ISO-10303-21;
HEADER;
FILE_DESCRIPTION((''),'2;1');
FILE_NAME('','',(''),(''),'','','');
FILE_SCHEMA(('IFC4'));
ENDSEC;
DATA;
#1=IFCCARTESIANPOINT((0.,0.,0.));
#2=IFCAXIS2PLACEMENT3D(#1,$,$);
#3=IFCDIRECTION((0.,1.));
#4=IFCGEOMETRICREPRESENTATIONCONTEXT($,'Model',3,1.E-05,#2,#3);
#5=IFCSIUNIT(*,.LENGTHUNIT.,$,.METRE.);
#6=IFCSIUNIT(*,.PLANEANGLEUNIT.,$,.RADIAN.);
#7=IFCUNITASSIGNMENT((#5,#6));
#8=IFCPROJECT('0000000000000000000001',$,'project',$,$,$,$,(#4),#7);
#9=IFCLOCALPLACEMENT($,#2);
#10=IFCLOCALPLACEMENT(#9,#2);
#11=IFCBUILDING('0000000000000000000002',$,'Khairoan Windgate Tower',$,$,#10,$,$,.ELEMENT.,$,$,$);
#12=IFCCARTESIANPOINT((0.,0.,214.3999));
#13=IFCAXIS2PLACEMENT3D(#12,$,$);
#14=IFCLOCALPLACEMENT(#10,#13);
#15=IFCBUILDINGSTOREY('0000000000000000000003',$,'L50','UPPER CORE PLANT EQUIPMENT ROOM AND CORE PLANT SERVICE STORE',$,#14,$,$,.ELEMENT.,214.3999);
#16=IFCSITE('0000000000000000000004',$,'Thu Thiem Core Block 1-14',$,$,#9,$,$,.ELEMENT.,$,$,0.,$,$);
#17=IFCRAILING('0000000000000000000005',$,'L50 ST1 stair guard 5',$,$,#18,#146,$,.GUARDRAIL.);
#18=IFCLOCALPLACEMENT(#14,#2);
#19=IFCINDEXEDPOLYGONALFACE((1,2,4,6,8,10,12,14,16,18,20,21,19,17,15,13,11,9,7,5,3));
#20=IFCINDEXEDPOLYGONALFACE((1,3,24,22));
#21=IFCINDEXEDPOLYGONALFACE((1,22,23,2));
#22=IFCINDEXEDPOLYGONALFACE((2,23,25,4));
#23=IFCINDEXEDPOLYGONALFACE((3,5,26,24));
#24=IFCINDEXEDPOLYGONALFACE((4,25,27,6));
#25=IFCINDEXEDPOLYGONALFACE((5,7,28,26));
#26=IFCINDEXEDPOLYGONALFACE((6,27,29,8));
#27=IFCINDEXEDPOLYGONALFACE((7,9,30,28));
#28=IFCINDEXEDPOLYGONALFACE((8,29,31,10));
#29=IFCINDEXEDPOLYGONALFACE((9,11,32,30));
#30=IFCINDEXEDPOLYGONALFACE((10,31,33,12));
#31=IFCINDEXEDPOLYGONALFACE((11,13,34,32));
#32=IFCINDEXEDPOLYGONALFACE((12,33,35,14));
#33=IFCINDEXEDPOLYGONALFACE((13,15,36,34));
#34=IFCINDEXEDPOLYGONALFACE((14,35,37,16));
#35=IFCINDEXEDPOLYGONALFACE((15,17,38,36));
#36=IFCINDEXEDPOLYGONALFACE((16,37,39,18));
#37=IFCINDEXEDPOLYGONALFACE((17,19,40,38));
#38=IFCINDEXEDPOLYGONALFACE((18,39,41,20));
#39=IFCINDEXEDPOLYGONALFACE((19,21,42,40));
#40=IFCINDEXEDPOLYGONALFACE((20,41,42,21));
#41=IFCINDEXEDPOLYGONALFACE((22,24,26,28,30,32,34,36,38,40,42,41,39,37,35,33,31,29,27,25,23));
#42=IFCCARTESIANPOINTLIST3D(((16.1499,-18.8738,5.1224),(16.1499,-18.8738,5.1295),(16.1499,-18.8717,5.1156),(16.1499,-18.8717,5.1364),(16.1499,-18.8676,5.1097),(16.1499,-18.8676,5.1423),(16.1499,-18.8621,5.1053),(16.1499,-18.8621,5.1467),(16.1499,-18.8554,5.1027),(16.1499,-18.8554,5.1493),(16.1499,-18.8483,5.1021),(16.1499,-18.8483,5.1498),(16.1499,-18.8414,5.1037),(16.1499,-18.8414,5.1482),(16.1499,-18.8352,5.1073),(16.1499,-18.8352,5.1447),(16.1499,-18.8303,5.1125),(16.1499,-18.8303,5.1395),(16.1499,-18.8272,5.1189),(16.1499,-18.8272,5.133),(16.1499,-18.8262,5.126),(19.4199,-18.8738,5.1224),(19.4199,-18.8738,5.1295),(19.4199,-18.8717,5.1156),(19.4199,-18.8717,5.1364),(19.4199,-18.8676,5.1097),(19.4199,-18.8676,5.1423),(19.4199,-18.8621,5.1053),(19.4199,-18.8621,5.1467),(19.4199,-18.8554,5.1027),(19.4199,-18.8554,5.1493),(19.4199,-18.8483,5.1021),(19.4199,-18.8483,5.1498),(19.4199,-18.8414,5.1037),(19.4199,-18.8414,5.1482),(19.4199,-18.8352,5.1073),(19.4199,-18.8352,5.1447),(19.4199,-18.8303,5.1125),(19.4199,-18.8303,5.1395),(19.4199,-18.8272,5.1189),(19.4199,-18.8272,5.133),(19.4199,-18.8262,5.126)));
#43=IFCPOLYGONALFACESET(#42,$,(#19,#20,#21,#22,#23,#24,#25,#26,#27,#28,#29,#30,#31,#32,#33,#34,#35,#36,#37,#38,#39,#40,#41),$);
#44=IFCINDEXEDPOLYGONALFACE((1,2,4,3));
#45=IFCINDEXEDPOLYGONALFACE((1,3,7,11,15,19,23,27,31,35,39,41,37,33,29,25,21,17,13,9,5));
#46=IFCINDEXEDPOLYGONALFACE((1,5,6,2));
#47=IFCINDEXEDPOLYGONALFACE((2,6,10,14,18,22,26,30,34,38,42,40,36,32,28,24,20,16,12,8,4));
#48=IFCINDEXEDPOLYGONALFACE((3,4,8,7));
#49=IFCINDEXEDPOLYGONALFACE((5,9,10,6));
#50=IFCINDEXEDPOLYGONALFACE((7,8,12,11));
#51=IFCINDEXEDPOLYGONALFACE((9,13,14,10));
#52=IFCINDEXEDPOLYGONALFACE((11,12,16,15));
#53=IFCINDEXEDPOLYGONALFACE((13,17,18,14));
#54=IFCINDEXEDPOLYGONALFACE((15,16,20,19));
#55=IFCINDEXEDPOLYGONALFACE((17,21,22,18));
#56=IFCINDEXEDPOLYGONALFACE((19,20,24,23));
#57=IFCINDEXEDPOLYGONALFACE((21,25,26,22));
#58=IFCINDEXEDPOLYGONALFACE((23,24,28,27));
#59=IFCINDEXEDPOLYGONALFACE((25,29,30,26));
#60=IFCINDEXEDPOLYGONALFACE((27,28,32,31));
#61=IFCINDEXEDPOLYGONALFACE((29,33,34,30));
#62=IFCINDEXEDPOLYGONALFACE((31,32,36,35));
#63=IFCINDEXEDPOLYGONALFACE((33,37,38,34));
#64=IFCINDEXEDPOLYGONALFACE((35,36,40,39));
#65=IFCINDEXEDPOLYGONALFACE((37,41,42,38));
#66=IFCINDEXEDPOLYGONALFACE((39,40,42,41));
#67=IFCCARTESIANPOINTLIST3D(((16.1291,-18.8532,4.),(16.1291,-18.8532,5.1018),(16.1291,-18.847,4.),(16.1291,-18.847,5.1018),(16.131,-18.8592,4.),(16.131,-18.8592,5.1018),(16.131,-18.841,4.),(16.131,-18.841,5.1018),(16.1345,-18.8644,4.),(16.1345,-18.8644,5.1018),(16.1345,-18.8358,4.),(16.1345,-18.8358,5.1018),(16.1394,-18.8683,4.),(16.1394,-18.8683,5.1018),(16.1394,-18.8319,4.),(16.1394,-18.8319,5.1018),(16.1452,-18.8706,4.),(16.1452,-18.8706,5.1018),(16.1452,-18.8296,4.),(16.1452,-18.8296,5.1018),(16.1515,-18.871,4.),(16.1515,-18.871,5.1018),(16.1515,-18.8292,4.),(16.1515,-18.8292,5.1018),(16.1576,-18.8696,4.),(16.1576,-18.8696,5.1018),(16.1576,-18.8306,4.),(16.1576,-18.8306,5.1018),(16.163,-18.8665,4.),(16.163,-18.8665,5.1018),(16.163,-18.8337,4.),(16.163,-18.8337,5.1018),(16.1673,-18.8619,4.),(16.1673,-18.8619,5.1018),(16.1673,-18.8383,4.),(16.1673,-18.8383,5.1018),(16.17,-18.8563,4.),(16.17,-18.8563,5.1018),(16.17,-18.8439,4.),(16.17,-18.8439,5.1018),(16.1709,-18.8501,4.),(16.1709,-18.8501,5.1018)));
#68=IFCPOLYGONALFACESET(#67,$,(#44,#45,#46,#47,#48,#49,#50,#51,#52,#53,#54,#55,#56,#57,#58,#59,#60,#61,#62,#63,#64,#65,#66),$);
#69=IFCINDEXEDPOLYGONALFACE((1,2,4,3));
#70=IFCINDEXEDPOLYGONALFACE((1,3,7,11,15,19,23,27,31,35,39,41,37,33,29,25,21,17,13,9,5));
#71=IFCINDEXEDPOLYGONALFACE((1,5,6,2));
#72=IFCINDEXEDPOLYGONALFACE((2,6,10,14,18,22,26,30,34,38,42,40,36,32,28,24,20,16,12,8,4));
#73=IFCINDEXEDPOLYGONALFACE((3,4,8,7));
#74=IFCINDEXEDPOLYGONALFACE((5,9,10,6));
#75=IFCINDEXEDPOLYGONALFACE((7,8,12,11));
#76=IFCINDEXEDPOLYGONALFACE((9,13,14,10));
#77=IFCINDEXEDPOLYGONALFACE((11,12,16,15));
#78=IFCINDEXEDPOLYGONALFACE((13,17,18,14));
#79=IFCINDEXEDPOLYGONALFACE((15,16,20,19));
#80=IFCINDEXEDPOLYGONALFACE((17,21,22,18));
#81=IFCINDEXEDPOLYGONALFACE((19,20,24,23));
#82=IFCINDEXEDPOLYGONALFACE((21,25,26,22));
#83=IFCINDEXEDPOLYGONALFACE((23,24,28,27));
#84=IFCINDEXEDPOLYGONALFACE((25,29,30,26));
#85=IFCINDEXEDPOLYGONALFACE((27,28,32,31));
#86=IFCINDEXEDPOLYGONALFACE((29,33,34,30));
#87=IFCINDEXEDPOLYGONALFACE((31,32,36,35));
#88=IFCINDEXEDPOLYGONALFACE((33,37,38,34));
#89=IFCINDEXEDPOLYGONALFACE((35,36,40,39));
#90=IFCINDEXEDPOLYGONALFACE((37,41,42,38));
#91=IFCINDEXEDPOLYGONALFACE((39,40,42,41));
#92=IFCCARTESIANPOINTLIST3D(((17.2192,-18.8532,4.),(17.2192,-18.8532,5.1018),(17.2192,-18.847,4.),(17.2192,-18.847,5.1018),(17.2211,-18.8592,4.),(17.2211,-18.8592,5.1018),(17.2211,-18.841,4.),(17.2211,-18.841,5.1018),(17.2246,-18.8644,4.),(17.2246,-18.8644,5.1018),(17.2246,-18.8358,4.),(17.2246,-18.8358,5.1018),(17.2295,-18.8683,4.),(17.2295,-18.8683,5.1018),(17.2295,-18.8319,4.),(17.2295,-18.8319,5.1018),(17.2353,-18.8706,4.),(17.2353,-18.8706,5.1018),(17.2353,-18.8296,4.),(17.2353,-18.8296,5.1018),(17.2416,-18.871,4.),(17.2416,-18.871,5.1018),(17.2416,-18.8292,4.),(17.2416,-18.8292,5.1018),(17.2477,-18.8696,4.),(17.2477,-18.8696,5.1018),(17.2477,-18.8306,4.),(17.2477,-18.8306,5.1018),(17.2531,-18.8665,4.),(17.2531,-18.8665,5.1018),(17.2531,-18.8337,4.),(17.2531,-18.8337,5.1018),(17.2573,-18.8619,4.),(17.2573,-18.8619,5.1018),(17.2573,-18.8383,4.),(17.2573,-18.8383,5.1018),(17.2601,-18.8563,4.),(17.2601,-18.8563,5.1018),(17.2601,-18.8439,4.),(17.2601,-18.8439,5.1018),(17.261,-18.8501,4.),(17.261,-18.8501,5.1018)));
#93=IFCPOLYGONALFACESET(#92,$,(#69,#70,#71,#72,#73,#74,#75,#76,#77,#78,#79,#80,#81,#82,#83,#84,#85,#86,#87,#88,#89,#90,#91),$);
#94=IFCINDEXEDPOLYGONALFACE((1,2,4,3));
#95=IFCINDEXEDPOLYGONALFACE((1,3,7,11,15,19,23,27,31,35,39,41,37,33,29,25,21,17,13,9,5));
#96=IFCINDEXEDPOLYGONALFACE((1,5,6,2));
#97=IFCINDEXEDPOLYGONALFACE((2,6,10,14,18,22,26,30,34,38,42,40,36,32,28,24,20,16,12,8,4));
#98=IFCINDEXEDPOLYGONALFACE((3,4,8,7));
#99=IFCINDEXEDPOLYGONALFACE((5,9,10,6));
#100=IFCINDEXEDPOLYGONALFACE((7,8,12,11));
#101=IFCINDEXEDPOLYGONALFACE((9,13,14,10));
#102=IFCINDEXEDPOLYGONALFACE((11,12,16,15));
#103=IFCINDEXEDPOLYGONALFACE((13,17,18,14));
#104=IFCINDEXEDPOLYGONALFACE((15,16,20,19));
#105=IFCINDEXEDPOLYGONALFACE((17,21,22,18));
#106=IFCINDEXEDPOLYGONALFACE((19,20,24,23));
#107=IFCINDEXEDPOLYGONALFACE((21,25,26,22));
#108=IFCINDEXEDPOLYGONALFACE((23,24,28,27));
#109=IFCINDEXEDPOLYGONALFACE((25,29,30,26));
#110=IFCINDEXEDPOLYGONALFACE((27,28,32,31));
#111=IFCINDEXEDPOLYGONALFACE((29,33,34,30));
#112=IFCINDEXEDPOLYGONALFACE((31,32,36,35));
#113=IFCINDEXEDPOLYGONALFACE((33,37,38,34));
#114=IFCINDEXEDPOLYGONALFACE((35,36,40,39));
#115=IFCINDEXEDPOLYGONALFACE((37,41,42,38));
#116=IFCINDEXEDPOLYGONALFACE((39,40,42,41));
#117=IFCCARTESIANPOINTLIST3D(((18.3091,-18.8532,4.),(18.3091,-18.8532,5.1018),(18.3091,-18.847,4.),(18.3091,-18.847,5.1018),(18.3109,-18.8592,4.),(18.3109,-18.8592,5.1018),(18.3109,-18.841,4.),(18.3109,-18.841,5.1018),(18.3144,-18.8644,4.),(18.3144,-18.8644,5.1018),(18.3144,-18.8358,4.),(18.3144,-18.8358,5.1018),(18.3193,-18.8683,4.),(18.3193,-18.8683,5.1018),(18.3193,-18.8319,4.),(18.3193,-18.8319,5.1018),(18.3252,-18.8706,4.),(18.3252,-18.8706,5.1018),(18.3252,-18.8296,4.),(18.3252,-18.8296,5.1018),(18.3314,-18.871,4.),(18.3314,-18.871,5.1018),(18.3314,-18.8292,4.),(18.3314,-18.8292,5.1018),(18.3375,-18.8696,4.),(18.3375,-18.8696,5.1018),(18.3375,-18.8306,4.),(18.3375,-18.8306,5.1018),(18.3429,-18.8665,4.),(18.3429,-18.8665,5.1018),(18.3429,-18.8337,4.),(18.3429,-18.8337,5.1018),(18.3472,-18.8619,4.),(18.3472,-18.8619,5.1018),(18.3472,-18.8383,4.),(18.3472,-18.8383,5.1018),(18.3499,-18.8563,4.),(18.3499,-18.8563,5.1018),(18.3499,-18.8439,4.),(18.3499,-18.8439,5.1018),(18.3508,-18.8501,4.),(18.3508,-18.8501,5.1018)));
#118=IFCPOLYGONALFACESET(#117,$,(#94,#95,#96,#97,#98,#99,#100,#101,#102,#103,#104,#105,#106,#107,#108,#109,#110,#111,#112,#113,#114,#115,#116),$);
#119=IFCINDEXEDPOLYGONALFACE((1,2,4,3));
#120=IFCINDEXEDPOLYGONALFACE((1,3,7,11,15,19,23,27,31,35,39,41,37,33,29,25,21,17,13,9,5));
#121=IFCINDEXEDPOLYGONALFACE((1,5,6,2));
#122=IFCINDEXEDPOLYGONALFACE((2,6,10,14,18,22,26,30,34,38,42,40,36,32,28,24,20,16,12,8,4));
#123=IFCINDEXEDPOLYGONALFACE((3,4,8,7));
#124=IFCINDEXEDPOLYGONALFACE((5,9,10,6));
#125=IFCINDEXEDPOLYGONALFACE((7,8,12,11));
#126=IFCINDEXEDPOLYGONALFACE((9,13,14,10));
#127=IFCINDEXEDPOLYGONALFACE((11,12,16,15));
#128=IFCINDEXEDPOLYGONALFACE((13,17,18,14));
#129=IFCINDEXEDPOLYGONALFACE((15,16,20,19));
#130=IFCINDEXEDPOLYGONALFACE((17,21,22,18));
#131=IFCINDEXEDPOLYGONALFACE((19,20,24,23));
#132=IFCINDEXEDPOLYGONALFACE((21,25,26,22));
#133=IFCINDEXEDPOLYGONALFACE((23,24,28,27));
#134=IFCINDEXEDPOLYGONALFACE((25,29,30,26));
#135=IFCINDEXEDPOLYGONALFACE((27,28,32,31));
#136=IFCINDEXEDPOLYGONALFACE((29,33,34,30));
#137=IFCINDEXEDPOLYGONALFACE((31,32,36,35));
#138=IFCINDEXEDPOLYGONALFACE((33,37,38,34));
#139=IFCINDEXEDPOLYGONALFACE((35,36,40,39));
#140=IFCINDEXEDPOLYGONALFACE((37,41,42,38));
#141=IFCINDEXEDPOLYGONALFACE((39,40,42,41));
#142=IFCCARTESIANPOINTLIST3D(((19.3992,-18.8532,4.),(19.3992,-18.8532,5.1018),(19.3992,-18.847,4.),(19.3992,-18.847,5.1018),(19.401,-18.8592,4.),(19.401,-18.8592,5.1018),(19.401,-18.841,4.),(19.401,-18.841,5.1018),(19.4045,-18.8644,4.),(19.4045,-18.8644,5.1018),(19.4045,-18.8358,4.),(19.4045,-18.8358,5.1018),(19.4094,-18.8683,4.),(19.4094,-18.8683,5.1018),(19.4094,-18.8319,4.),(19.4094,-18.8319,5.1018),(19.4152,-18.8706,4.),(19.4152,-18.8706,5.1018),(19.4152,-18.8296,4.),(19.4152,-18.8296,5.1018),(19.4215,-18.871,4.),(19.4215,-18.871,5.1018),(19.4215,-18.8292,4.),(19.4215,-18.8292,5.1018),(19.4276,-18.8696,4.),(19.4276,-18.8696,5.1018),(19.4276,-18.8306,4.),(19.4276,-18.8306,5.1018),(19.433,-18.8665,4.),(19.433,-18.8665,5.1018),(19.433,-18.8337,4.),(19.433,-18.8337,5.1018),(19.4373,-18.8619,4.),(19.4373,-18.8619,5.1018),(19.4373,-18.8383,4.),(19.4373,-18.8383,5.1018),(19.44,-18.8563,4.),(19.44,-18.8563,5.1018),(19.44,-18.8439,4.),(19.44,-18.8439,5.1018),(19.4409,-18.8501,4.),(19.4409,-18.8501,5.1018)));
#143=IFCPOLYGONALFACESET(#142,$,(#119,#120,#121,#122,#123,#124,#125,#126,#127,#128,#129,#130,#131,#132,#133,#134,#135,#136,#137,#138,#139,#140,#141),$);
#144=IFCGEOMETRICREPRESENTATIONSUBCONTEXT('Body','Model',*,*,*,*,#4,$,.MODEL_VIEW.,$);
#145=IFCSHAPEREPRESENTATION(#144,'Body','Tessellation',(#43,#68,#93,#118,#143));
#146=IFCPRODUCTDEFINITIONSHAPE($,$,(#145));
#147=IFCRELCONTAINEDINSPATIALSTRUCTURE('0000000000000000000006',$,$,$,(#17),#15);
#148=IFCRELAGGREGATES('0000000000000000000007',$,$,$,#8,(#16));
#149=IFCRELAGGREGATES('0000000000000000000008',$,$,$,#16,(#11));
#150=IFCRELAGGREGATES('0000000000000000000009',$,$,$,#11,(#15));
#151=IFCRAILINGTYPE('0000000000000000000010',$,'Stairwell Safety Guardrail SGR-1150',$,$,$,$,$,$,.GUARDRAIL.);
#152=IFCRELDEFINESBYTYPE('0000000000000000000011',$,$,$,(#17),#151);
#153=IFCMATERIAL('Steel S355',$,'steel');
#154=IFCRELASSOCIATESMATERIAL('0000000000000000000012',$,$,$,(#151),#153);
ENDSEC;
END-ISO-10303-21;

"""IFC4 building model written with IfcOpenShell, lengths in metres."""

from ifc_helpers import new_model, si_unit, direction, frame, origin, origin_2d, place, context, subcontext, project, spatial, circle, extrude, material, type_object, element, save


model = new_model("IFC4")

# Units and contexts
model_context = context("Model", 3, precision=1e-05, world=origin(), true_north=direction((0.0, 1.0)))
body_context = subcontext(model_context, "Body", "Model", "MODEL_VIEW")
ifc_project = project(units=[si_unit("LENGTHUNIT", "METRE"), si_unit("PLANEANGLEUNIT", "RADIAN")], contexts=[model_context])

# Site, building, storey
site_placement = place(None, origin())
site = spatial("IfcSite", under=ifc_project, at=site_placement, Name="Thu Thiem Core Block 1-14", CompositionType="ELEMENT", RefElevation=0.0)
building_placement = place(site_placement, origin())
building = spatial("IfcBuilding", under=site, at=building_placement, Name="Khairoan Windgate Tower", CompositionType="ELEMENT")
storey_placement = place(building_placement, frame((0.0, 0.0, 214.3999)))
storey = spatial("IfcBuildingStorey", under=building, at=storey_placement, Name="L50", Description="UPPER CORE PLANT EQUIPMENT ROOM AND CORE PLANT SERVICE STORE", CompositionType="ELEMENT", Elevation=214.3999)

# Railing
ifc_material_1 = material(Name="Steel S355", Category="steel")
railing_type_1 = type_object("IfcRailingType", Name="Stairwell Safety Guardrail SGR-1150", PredefinedType="GUARDRAIL", material=ifc_material_1)
railing_1_placement = place(storey_placement, frame((16.1499, -18.8501, 4.0)))
element("IfcRailing", 1, at=railing_1_placement, inside=storey, type_object=railing_type_1, Name="L50 ST1 stair guard 5", PredefinedType="GUARDRAIL", context=body_context, shape_type="SweptSolid", body=[
    extrude(circle(Radius=0.0239, at=origin_2d()), frame((0.0, 0.0, 1.126), z_axis=(1.0, 0.0, 0.0), x_axis=(0.0, 1.0, 0.0)), (0.0, 0.0, 1.0), 3.27),
    extrude(circle(Radius=0.021, at=origin_2d()), origin(), (0.0, 0.0, 1.0), 1.1018),
    extrude(circle(Radius=0.021, at=origin_2d()), frame((1.0901, 0.0, 0.0)), (0.0, 0.0, 1.0), 1.1018),
    extrude(circle(Radius=0.021, at=origin_2d()), frame((2.1799, 0.0, 0.0)), (0.0, 0.0, 1.0), 1.1018),
    extrude(circle(Radius=0.021, at=origin_2d()), frame((3.27, 0.0, 0.0)), (0.0, 0.0, 1.0), 1.1018),
])

save(model, "model.ifc")
